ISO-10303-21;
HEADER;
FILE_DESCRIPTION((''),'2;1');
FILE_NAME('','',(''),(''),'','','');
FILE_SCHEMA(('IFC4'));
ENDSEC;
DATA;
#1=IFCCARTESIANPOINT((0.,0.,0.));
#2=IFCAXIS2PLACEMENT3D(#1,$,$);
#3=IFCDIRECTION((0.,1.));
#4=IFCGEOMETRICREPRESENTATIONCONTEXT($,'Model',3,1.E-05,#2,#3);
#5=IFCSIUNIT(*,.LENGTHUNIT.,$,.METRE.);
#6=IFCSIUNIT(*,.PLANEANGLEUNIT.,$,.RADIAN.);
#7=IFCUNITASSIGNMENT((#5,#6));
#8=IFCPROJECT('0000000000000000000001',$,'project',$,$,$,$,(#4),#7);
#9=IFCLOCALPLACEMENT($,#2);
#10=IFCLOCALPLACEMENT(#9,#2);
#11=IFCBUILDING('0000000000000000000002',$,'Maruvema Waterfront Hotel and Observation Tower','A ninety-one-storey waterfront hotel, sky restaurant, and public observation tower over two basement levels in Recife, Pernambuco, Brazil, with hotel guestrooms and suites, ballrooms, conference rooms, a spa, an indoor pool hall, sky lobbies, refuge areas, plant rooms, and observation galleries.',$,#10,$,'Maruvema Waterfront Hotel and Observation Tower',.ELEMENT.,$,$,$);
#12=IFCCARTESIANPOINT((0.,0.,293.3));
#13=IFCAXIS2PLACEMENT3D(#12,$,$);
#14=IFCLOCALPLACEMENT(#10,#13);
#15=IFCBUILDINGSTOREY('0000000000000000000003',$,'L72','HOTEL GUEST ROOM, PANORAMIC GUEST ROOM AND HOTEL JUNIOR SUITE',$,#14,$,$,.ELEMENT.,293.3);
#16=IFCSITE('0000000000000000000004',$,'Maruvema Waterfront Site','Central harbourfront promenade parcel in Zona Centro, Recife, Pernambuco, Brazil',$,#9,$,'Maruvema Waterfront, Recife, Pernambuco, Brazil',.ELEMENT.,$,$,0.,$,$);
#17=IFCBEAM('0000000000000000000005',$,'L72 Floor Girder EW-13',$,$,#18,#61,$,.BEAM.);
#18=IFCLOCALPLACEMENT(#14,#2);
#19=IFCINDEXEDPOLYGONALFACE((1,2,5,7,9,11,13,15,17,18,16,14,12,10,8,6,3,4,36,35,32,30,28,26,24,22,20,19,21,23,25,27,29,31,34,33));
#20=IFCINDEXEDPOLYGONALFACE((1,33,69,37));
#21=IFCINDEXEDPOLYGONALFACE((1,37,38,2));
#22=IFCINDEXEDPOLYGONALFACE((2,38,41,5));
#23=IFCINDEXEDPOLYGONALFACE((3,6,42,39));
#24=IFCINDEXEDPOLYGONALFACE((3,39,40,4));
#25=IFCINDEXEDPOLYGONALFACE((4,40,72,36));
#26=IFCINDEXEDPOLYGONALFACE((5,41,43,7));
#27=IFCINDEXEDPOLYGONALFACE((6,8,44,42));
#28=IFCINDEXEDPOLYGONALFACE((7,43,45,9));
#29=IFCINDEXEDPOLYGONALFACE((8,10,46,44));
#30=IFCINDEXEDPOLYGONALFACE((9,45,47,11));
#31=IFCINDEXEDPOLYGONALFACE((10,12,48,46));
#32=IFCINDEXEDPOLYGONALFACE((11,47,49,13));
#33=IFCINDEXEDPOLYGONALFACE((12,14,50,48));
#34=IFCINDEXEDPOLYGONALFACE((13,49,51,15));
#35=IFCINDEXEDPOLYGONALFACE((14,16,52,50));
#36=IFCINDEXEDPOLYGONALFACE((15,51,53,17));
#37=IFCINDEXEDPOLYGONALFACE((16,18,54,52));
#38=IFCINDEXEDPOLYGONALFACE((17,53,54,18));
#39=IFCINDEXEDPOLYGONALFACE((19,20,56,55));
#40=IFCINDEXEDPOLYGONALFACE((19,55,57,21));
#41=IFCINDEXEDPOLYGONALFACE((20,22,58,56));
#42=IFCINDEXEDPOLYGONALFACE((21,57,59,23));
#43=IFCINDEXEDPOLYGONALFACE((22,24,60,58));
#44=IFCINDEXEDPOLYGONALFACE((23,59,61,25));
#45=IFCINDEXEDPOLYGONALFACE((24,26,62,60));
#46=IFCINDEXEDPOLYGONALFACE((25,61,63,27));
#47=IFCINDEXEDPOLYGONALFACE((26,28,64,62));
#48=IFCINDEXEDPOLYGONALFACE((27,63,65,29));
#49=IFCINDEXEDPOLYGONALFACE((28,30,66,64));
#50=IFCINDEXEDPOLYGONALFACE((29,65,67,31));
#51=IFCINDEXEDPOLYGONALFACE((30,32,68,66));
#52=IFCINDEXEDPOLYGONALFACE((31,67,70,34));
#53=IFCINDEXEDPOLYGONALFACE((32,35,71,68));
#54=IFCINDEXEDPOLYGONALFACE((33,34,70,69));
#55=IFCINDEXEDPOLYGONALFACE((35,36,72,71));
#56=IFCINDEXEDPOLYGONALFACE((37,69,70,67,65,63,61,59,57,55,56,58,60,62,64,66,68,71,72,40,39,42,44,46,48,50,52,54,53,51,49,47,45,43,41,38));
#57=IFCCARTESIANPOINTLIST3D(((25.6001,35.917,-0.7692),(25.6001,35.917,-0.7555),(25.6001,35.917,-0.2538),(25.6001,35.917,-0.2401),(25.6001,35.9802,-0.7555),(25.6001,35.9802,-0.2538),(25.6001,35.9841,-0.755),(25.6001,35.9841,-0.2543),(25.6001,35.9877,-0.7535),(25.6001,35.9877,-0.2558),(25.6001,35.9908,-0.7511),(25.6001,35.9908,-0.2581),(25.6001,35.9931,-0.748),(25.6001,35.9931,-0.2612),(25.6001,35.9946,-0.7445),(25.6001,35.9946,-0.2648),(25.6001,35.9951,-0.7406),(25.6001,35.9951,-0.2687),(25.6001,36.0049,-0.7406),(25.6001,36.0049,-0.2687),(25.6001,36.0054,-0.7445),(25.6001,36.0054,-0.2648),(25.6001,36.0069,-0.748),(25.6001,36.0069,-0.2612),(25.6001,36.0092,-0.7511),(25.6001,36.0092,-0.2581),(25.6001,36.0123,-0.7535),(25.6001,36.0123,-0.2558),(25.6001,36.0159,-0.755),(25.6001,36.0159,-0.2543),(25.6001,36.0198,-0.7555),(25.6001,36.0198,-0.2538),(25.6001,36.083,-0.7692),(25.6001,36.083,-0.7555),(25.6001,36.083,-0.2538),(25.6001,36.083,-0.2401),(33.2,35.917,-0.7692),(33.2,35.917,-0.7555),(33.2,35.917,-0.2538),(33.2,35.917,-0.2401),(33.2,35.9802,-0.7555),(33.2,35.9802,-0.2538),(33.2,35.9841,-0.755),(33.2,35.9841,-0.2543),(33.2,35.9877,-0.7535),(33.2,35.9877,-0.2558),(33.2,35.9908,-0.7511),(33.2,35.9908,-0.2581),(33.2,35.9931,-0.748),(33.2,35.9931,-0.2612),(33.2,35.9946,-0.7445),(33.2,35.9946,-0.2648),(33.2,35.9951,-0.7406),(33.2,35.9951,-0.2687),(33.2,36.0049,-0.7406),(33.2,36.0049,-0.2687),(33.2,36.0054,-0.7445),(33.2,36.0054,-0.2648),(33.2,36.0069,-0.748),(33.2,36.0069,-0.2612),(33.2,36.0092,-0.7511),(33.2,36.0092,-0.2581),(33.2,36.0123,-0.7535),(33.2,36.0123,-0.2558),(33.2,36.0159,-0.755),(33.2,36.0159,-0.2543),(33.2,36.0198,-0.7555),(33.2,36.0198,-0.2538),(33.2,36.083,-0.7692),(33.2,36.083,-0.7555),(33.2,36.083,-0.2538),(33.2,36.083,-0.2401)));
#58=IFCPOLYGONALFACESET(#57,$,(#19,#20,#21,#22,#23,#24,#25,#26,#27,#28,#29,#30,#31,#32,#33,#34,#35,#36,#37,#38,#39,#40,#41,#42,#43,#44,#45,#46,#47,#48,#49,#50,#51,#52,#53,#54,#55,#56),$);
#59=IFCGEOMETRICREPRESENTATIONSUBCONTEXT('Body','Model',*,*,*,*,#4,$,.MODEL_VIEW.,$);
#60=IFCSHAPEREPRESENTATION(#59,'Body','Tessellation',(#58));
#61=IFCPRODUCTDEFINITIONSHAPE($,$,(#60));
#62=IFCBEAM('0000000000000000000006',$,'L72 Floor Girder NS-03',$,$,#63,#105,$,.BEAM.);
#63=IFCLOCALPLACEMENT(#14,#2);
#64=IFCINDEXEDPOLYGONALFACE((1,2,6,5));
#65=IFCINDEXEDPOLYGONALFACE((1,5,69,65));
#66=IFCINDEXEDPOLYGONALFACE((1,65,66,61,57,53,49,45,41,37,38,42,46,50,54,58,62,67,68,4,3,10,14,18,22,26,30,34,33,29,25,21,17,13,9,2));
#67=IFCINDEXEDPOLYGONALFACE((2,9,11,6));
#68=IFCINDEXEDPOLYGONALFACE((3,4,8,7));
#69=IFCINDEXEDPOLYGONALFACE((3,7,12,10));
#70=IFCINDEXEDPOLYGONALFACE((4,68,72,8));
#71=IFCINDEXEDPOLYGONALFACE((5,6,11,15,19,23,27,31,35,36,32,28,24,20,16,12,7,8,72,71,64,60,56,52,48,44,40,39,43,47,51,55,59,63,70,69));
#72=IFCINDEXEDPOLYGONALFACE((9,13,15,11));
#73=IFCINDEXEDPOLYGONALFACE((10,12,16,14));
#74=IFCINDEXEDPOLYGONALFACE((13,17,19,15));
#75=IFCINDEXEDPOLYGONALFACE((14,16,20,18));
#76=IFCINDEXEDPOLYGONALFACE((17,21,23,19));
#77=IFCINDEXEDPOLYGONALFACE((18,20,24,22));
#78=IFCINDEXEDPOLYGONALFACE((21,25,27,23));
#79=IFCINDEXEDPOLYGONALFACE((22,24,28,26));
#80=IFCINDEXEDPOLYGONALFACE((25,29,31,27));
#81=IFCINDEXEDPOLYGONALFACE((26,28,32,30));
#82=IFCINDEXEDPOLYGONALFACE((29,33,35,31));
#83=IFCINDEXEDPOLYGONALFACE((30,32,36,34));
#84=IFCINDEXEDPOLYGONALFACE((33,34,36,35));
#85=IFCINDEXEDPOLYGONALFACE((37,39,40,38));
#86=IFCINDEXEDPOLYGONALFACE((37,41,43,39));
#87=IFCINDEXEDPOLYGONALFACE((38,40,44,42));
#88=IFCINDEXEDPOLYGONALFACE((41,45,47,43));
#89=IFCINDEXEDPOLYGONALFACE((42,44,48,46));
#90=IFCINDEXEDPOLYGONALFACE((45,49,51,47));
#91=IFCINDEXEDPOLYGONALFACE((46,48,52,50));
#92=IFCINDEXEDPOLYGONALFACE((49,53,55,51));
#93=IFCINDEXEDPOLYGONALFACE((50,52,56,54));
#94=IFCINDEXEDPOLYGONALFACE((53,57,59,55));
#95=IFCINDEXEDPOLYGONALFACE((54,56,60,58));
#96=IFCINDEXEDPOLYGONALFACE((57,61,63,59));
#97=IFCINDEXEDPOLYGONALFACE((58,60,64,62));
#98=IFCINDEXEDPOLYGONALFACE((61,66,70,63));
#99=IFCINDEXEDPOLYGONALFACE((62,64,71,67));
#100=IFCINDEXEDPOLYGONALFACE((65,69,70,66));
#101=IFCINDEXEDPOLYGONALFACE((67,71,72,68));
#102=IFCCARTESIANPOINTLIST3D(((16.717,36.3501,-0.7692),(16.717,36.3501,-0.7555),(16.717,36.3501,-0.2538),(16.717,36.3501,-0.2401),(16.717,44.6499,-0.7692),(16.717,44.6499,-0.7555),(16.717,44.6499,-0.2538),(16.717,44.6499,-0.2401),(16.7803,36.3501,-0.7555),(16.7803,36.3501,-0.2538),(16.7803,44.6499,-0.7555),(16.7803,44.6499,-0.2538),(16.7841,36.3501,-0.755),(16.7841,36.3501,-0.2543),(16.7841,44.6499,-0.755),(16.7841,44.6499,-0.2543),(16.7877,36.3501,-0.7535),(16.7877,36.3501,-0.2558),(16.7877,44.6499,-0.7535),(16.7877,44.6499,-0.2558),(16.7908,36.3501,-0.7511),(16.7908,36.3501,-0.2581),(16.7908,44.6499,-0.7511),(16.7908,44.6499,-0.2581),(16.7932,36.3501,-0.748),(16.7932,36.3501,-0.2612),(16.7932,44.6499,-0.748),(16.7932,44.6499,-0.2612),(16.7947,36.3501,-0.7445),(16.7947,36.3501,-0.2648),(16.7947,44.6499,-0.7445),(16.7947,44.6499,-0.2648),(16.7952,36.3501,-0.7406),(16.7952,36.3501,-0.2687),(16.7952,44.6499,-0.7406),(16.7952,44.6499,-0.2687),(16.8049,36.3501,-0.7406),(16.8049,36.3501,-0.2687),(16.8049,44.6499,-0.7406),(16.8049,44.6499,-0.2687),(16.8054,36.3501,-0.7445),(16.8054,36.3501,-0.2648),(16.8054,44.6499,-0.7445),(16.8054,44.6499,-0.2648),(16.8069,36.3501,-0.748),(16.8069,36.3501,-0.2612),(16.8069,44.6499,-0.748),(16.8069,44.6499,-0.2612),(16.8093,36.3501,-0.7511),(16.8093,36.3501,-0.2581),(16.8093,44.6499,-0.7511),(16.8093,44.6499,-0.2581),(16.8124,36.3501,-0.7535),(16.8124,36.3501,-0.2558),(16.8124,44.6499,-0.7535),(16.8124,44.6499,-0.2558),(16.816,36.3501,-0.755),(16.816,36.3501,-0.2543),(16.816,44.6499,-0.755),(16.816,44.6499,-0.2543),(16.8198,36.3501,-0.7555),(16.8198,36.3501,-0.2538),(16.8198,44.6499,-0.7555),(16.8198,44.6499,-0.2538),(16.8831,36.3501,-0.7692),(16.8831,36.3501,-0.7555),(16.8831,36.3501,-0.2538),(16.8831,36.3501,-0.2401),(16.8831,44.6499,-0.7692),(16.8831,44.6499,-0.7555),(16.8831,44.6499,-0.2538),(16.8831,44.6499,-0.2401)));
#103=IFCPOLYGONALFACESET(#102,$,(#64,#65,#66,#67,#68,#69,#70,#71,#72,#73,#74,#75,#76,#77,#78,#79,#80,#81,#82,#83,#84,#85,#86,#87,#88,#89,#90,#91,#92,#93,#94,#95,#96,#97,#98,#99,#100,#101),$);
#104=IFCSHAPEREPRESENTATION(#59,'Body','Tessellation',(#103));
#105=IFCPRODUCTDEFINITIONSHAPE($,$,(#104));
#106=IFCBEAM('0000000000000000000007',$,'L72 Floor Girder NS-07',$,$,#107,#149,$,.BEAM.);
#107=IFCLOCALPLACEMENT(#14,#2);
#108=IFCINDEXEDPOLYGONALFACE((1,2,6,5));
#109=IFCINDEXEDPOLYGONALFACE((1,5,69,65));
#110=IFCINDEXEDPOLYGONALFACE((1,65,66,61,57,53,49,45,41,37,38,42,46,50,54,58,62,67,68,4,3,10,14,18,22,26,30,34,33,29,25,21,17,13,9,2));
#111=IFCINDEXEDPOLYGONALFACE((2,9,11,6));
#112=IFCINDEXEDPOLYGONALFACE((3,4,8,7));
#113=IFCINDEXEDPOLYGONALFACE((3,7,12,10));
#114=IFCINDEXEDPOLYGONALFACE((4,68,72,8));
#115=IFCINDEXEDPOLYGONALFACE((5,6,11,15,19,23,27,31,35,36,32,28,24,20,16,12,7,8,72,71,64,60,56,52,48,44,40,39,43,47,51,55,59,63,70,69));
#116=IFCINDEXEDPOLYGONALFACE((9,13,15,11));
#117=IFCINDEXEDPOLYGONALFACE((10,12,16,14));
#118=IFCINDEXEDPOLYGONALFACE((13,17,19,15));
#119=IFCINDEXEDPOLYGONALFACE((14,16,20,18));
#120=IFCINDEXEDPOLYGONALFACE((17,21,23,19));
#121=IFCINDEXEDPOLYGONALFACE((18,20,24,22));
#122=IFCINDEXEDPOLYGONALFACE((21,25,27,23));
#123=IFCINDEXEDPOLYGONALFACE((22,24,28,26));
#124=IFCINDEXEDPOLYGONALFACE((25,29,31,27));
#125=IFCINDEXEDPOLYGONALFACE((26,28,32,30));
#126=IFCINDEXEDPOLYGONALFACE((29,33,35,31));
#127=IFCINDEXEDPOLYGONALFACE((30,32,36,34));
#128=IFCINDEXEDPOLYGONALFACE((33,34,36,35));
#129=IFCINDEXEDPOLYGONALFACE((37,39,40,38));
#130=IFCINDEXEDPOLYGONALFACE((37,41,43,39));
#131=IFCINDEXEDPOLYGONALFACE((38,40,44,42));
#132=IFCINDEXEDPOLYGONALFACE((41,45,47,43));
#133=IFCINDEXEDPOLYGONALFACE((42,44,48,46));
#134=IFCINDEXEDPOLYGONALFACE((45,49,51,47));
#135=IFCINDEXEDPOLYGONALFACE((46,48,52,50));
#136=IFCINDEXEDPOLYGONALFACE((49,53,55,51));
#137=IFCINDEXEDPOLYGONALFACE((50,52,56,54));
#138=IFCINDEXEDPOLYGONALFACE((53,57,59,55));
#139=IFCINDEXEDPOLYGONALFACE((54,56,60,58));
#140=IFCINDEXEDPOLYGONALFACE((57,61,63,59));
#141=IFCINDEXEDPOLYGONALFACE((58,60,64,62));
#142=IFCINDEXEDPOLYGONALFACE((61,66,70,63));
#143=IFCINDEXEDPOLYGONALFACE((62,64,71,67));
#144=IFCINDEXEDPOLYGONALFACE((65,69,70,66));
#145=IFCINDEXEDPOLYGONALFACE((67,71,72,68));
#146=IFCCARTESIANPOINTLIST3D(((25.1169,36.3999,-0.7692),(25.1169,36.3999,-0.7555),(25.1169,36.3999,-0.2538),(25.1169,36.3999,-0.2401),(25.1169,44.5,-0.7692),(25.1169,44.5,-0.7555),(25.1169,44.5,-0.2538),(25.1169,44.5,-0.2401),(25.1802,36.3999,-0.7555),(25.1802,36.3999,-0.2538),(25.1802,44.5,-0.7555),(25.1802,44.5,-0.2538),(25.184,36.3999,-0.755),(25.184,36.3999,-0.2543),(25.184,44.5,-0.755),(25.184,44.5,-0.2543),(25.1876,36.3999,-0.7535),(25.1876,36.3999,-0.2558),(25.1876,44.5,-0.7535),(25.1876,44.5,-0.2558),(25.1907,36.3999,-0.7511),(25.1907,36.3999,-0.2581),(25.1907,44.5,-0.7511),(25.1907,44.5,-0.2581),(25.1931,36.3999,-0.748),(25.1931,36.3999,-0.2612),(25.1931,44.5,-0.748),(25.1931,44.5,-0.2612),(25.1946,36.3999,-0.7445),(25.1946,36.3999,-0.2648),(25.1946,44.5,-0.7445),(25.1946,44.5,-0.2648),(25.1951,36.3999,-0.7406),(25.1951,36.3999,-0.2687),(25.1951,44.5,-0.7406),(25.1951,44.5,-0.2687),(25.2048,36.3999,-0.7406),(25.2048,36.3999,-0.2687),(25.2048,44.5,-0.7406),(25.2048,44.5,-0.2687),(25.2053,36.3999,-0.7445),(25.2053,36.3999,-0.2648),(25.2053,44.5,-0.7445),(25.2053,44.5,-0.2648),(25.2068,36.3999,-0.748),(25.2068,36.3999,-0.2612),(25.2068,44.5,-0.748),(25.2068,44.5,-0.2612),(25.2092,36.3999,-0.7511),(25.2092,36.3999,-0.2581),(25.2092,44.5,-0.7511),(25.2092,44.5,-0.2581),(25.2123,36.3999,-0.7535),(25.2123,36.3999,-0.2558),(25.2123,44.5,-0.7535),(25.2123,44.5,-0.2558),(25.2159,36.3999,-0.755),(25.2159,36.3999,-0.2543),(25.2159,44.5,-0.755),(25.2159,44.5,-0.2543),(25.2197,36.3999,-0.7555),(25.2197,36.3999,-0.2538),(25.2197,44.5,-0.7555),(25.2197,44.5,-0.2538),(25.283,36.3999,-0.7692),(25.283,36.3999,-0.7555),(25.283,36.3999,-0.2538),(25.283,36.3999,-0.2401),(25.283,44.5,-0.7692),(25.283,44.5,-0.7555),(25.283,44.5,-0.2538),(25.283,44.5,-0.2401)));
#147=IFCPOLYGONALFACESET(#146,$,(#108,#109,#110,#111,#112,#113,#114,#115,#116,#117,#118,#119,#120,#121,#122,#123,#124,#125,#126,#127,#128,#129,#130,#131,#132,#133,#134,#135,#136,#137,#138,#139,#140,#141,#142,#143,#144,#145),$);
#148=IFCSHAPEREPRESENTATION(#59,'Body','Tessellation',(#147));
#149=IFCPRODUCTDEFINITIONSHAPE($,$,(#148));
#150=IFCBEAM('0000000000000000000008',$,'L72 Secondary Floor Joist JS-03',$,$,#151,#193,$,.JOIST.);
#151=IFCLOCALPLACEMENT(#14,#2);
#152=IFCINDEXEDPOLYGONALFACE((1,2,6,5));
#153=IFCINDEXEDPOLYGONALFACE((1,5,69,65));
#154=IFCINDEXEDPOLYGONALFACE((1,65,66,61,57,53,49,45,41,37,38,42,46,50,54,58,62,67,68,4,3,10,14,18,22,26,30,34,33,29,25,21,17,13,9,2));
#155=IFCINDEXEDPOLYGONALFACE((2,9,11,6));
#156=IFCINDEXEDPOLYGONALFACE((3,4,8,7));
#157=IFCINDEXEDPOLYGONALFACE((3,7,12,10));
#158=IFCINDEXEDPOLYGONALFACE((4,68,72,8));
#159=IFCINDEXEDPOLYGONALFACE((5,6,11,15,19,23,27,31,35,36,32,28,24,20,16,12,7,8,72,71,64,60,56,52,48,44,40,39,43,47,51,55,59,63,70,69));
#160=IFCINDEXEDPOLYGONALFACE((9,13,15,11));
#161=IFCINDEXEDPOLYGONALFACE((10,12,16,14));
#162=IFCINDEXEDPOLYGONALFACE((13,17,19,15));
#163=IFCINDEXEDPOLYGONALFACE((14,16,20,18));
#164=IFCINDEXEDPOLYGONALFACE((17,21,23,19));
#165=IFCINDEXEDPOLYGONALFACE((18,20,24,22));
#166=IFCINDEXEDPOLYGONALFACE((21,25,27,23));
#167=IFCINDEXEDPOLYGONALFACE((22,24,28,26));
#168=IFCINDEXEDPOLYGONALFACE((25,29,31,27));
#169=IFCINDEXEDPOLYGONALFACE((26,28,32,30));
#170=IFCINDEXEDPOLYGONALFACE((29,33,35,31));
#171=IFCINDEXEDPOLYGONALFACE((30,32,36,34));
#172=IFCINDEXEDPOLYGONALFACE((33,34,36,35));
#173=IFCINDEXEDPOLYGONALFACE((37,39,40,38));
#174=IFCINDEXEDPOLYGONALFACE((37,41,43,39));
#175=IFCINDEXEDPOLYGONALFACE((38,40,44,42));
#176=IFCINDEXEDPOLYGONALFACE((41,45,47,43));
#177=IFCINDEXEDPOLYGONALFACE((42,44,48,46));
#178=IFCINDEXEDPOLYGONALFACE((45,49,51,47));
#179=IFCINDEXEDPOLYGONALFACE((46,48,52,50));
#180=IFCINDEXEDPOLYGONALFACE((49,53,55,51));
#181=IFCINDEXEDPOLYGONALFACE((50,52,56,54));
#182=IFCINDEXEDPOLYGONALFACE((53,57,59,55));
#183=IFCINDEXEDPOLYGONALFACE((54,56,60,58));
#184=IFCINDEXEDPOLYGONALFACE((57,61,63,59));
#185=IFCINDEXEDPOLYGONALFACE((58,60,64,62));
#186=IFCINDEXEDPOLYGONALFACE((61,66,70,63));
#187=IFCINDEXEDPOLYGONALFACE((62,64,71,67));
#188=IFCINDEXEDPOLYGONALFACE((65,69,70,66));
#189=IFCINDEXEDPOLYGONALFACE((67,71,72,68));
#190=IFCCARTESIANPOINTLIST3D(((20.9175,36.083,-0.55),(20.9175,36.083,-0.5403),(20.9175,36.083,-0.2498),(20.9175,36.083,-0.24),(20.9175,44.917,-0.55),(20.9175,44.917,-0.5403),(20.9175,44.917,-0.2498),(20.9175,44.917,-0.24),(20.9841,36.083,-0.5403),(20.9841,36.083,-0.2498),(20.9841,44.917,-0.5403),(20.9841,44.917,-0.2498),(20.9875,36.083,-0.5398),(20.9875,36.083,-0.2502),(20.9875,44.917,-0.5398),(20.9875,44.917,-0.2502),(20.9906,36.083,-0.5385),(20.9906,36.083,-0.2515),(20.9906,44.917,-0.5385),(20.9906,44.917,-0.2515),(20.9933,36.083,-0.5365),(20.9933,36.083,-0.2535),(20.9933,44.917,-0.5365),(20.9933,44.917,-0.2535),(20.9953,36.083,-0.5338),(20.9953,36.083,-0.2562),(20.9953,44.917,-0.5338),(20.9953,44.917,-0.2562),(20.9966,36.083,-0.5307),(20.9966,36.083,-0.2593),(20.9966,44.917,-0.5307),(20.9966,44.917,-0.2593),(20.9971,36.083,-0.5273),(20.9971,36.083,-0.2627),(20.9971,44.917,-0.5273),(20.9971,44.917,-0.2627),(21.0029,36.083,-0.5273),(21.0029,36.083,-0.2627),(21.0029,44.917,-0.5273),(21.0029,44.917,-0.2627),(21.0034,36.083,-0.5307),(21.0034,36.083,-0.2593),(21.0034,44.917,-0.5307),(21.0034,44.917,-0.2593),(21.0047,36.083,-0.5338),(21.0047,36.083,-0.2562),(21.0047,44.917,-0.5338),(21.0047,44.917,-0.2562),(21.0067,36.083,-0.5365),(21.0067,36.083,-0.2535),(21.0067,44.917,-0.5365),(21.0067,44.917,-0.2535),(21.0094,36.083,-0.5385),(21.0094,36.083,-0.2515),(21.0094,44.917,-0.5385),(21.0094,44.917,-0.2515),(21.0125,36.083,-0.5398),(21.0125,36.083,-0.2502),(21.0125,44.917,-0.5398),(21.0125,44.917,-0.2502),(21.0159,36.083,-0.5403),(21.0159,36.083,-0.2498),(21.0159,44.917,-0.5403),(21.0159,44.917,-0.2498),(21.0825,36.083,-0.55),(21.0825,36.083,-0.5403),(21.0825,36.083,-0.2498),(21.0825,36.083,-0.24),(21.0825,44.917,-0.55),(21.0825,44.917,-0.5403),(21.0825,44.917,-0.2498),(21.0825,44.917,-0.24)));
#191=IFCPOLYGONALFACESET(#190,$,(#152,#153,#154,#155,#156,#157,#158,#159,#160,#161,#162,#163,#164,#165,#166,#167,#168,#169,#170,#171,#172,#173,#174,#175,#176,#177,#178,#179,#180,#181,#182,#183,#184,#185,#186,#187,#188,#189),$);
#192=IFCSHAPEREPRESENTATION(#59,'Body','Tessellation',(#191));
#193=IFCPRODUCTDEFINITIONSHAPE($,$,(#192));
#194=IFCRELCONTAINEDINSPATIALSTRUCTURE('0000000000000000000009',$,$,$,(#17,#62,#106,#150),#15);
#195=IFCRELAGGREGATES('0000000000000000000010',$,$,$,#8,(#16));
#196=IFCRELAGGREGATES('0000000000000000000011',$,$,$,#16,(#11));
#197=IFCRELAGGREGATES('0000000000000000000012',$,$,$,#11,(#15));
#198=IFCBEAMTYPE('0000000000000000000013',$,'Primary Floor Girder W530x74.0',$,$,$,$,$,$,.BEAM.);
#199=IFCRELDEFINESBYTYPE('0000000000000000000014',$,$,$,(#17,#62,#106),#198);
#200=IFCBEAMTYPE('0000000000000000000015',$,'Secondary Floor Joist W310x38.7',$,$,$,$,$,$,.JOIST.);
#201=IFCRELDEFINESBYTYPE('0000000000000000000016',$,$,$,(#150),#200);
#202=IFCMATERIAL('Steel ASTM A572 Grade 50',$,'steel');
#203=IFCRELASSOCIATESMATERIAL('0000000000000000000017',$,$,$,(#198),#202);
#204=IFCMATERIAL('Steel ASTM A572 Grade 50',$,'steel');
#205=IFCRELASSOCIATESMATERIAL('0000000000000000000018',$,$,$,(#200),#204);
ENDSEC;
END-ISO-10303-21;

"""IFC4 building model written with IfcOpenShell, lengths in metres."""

from ifc_helpers import new_model, si_unit, direction, frame, origin, origin_2d, place, context, subcontext, project, spatial, i_section, extrude, material, material_profile, profile_set, type_object, element, save


model = new_model("IFC4")

# Units and contexts
model_context = context("Model", 3, precision=1e-05, world=origin(), true_north=direction((0.0, 1.0)))
body_context = subcontext(model_context, "Body", "Model", "MODEL_VIEW")
ifc_project = project(units=[si_unit("LENGTHUNIT", "METRE"), si_unit("PLANEANGLEUNIT", "RADIAN")], contexts=[model_context])

# Site, building, storey
site_placement = place(None, origin())
site = spatial("IfcSite", under=ifc_project, at=site_placement, Name="Maruvema Waterfront Site", Description="Central harbourfront promenade parcel in Zona Centro, Recife, Pernambuco, Brazil", LongName="Maruvema Waterfront, Recife, Pernambuco, Brazil", CompositionType="ELEMENT", RefElevation=0.0)
building_placement = place(site_placement, origin())
building = spatial("IfcBuilding", under=site, at=building_placement, Name="Maruvema Waterfront Hotel and Observation Tower", Description="A ninety-one-storey waterfront hotel, sky restaurant, and public observation tower over two basement levels in Recife, Pernambuco, Brazil, with hotel guestrooms and suites, ballrooms, conference rooms, a spa, an indoor pool hall, sky lobbies, refuge areas, plant rooms, and observation galleries.", LongName="Maruvema Waterfront Hotel and Observation Tower", CompositionType="ELEMENT")
storey_placement = place(building_placement, frame((0.0, 0.0, 293.3)))
storey = spatial("IfcBuildingStorey", under=building, at=storey_placement, Name="L72", Description="HOTEL GUEST ROOM, PANORAMIC GUEST ROOM AND HOTEL JUNIOR SUITE", CompositionType="ELEMENT", Elevation=293.3)

# Beams
ifc_material_1 = material(Name="Steel ASTM A572 Grade 50", Category="steel")
ifc_material_profile_1 = material_profile(ifc_material_1, i_section(OverallWidth=0.166, OverallDepth=0.5291, WebThickness=0.0098, FlangeThickness=0.0137, FilletRadius=0.0149, at=origin_2d()), Name="W530x74.0")
ifc_profile_set_1 = profile_set([ifc_material_profile_1], Name="Steel ASTM A572 Grade 50")
beam_type_1 = type_object("IfcBeamType", Name="Primary Floor Girder W530x74.0", PredefinedType="BEAM", material=ifc_profile_set_1)
beam_1_placement = place(storey_placement, frame((25.6001, 36.0, -0.5046), z_axis=(1.0, 0.0, 0.0), x_axis=(0.0, 1.0, 0.0)))
element("IfcBeam", 1, at=beam_1_placement, inside=storey, type_object=beam_type_1, Name="L72 Floor Girder EW-13", PredefinedType="BEAM", context=body_context, shape_type="SweptSolid", body=[
    extrude(i_section(OverallWidth=0.166, OverallDepth=0.5291, WebThickness=0.0098, FlangeThickness=0.0137, FilletRadius=0.0149, at=origin_2d()), origin(), (0.0, 0.0, 1.0), 7.5999),
])
beam_2_placement = place(storey_placement, frame((16.8, 36.3501, -0.5046), z_axis=(0.0, 1.0, 0.0), x_axis=(-1.0, 0.0, 0.0)))
element("IfcBeam", 2, at=beam_2_placement, inside=storey, type_object=beam_type_1, Name="L72 Floor Girder NS-03", PredefinedType="BEAM", context=body_context, shape_type="SweptSolid", body=[
    extrude(i_section(OverallWidth=0.166, OverallDepth=0.5291, WebThickness=0.0098, FlangeThickness=0.0137, FilletRadius=0.0149, at=origin_2d()), origin(), (0.0, 0.0, 1.0), 8.2998),
])
beam_3_placement = place(storey_placement, frame((25.2, 36.3999, -0.5046), z_axis=(0.0, 1.0, 0.0), x_axis=(-1.0, 0.0, 0.0)))
element("IfcBeam", 3, at=beam_3_placement, inside=storey, type_object=beam_type_1, Name="L72 Floor Girder NS-07", PredefinedType="BEAM", context=body_context, shape_type="SweptSolid", body=[
    extrude(i_section(OverallWidth=0.166, OverallDepth=0.5291, WebThickness=0.0098, FlangeThickness=0.0137, FilletRadius=0.0149, at=origin_2d()), origin(), (0.0, 0.0, 1.0), 8.1001),
])
ifc_material_2 = material(Name="Steel ASTM A572 Grade 50", Category="steel")
ifc_material_profile_2 = material_profile(ifc_material_2, i_section(OverallWidth=0.165, OverallDepth=0.3101, WebThickness=0.0059, FlangeThickness=0.0098, FilletRadius=0.0129, at=origin_2d()), Name="W310x38.7")
ifc_profile_set_2 = profile_set([ifc_material_profile_2], Name="Steel ASTM A572 Grade 50")
beam_type_2 = type_object("IfcBeamType", Name="Secondary Floor Joist W310x38.7", PredefinedType="JOIST", material=ifc_profile_set_2)
beam_4_placement = place(storey_placement, frame((21.0, 36.083, -0.395), z_axis=(0.0, 1.0, 0.0), x_axis=(-1.0, 0.0, 0.0)))
element("IfcBeam", 4, at=beam_4_placement, inside=storey, type_object=beam_type_2, Name="L72 Secondary Floor Joist JS-03", PredefinedType="JOIST", context=body_context, shape_type="SweptSolid", body=[
    extrude(i_section(OverallWidth=0.165, OverallDepth=0.3101, WebThickness=0.0059, FlangeThickness=0.0098, FilletRadius=0.0129, at=origin_2d()), origin(), (0.0, 0.0, 1.0), 8.834),
])

save(model, "model.ifc")
